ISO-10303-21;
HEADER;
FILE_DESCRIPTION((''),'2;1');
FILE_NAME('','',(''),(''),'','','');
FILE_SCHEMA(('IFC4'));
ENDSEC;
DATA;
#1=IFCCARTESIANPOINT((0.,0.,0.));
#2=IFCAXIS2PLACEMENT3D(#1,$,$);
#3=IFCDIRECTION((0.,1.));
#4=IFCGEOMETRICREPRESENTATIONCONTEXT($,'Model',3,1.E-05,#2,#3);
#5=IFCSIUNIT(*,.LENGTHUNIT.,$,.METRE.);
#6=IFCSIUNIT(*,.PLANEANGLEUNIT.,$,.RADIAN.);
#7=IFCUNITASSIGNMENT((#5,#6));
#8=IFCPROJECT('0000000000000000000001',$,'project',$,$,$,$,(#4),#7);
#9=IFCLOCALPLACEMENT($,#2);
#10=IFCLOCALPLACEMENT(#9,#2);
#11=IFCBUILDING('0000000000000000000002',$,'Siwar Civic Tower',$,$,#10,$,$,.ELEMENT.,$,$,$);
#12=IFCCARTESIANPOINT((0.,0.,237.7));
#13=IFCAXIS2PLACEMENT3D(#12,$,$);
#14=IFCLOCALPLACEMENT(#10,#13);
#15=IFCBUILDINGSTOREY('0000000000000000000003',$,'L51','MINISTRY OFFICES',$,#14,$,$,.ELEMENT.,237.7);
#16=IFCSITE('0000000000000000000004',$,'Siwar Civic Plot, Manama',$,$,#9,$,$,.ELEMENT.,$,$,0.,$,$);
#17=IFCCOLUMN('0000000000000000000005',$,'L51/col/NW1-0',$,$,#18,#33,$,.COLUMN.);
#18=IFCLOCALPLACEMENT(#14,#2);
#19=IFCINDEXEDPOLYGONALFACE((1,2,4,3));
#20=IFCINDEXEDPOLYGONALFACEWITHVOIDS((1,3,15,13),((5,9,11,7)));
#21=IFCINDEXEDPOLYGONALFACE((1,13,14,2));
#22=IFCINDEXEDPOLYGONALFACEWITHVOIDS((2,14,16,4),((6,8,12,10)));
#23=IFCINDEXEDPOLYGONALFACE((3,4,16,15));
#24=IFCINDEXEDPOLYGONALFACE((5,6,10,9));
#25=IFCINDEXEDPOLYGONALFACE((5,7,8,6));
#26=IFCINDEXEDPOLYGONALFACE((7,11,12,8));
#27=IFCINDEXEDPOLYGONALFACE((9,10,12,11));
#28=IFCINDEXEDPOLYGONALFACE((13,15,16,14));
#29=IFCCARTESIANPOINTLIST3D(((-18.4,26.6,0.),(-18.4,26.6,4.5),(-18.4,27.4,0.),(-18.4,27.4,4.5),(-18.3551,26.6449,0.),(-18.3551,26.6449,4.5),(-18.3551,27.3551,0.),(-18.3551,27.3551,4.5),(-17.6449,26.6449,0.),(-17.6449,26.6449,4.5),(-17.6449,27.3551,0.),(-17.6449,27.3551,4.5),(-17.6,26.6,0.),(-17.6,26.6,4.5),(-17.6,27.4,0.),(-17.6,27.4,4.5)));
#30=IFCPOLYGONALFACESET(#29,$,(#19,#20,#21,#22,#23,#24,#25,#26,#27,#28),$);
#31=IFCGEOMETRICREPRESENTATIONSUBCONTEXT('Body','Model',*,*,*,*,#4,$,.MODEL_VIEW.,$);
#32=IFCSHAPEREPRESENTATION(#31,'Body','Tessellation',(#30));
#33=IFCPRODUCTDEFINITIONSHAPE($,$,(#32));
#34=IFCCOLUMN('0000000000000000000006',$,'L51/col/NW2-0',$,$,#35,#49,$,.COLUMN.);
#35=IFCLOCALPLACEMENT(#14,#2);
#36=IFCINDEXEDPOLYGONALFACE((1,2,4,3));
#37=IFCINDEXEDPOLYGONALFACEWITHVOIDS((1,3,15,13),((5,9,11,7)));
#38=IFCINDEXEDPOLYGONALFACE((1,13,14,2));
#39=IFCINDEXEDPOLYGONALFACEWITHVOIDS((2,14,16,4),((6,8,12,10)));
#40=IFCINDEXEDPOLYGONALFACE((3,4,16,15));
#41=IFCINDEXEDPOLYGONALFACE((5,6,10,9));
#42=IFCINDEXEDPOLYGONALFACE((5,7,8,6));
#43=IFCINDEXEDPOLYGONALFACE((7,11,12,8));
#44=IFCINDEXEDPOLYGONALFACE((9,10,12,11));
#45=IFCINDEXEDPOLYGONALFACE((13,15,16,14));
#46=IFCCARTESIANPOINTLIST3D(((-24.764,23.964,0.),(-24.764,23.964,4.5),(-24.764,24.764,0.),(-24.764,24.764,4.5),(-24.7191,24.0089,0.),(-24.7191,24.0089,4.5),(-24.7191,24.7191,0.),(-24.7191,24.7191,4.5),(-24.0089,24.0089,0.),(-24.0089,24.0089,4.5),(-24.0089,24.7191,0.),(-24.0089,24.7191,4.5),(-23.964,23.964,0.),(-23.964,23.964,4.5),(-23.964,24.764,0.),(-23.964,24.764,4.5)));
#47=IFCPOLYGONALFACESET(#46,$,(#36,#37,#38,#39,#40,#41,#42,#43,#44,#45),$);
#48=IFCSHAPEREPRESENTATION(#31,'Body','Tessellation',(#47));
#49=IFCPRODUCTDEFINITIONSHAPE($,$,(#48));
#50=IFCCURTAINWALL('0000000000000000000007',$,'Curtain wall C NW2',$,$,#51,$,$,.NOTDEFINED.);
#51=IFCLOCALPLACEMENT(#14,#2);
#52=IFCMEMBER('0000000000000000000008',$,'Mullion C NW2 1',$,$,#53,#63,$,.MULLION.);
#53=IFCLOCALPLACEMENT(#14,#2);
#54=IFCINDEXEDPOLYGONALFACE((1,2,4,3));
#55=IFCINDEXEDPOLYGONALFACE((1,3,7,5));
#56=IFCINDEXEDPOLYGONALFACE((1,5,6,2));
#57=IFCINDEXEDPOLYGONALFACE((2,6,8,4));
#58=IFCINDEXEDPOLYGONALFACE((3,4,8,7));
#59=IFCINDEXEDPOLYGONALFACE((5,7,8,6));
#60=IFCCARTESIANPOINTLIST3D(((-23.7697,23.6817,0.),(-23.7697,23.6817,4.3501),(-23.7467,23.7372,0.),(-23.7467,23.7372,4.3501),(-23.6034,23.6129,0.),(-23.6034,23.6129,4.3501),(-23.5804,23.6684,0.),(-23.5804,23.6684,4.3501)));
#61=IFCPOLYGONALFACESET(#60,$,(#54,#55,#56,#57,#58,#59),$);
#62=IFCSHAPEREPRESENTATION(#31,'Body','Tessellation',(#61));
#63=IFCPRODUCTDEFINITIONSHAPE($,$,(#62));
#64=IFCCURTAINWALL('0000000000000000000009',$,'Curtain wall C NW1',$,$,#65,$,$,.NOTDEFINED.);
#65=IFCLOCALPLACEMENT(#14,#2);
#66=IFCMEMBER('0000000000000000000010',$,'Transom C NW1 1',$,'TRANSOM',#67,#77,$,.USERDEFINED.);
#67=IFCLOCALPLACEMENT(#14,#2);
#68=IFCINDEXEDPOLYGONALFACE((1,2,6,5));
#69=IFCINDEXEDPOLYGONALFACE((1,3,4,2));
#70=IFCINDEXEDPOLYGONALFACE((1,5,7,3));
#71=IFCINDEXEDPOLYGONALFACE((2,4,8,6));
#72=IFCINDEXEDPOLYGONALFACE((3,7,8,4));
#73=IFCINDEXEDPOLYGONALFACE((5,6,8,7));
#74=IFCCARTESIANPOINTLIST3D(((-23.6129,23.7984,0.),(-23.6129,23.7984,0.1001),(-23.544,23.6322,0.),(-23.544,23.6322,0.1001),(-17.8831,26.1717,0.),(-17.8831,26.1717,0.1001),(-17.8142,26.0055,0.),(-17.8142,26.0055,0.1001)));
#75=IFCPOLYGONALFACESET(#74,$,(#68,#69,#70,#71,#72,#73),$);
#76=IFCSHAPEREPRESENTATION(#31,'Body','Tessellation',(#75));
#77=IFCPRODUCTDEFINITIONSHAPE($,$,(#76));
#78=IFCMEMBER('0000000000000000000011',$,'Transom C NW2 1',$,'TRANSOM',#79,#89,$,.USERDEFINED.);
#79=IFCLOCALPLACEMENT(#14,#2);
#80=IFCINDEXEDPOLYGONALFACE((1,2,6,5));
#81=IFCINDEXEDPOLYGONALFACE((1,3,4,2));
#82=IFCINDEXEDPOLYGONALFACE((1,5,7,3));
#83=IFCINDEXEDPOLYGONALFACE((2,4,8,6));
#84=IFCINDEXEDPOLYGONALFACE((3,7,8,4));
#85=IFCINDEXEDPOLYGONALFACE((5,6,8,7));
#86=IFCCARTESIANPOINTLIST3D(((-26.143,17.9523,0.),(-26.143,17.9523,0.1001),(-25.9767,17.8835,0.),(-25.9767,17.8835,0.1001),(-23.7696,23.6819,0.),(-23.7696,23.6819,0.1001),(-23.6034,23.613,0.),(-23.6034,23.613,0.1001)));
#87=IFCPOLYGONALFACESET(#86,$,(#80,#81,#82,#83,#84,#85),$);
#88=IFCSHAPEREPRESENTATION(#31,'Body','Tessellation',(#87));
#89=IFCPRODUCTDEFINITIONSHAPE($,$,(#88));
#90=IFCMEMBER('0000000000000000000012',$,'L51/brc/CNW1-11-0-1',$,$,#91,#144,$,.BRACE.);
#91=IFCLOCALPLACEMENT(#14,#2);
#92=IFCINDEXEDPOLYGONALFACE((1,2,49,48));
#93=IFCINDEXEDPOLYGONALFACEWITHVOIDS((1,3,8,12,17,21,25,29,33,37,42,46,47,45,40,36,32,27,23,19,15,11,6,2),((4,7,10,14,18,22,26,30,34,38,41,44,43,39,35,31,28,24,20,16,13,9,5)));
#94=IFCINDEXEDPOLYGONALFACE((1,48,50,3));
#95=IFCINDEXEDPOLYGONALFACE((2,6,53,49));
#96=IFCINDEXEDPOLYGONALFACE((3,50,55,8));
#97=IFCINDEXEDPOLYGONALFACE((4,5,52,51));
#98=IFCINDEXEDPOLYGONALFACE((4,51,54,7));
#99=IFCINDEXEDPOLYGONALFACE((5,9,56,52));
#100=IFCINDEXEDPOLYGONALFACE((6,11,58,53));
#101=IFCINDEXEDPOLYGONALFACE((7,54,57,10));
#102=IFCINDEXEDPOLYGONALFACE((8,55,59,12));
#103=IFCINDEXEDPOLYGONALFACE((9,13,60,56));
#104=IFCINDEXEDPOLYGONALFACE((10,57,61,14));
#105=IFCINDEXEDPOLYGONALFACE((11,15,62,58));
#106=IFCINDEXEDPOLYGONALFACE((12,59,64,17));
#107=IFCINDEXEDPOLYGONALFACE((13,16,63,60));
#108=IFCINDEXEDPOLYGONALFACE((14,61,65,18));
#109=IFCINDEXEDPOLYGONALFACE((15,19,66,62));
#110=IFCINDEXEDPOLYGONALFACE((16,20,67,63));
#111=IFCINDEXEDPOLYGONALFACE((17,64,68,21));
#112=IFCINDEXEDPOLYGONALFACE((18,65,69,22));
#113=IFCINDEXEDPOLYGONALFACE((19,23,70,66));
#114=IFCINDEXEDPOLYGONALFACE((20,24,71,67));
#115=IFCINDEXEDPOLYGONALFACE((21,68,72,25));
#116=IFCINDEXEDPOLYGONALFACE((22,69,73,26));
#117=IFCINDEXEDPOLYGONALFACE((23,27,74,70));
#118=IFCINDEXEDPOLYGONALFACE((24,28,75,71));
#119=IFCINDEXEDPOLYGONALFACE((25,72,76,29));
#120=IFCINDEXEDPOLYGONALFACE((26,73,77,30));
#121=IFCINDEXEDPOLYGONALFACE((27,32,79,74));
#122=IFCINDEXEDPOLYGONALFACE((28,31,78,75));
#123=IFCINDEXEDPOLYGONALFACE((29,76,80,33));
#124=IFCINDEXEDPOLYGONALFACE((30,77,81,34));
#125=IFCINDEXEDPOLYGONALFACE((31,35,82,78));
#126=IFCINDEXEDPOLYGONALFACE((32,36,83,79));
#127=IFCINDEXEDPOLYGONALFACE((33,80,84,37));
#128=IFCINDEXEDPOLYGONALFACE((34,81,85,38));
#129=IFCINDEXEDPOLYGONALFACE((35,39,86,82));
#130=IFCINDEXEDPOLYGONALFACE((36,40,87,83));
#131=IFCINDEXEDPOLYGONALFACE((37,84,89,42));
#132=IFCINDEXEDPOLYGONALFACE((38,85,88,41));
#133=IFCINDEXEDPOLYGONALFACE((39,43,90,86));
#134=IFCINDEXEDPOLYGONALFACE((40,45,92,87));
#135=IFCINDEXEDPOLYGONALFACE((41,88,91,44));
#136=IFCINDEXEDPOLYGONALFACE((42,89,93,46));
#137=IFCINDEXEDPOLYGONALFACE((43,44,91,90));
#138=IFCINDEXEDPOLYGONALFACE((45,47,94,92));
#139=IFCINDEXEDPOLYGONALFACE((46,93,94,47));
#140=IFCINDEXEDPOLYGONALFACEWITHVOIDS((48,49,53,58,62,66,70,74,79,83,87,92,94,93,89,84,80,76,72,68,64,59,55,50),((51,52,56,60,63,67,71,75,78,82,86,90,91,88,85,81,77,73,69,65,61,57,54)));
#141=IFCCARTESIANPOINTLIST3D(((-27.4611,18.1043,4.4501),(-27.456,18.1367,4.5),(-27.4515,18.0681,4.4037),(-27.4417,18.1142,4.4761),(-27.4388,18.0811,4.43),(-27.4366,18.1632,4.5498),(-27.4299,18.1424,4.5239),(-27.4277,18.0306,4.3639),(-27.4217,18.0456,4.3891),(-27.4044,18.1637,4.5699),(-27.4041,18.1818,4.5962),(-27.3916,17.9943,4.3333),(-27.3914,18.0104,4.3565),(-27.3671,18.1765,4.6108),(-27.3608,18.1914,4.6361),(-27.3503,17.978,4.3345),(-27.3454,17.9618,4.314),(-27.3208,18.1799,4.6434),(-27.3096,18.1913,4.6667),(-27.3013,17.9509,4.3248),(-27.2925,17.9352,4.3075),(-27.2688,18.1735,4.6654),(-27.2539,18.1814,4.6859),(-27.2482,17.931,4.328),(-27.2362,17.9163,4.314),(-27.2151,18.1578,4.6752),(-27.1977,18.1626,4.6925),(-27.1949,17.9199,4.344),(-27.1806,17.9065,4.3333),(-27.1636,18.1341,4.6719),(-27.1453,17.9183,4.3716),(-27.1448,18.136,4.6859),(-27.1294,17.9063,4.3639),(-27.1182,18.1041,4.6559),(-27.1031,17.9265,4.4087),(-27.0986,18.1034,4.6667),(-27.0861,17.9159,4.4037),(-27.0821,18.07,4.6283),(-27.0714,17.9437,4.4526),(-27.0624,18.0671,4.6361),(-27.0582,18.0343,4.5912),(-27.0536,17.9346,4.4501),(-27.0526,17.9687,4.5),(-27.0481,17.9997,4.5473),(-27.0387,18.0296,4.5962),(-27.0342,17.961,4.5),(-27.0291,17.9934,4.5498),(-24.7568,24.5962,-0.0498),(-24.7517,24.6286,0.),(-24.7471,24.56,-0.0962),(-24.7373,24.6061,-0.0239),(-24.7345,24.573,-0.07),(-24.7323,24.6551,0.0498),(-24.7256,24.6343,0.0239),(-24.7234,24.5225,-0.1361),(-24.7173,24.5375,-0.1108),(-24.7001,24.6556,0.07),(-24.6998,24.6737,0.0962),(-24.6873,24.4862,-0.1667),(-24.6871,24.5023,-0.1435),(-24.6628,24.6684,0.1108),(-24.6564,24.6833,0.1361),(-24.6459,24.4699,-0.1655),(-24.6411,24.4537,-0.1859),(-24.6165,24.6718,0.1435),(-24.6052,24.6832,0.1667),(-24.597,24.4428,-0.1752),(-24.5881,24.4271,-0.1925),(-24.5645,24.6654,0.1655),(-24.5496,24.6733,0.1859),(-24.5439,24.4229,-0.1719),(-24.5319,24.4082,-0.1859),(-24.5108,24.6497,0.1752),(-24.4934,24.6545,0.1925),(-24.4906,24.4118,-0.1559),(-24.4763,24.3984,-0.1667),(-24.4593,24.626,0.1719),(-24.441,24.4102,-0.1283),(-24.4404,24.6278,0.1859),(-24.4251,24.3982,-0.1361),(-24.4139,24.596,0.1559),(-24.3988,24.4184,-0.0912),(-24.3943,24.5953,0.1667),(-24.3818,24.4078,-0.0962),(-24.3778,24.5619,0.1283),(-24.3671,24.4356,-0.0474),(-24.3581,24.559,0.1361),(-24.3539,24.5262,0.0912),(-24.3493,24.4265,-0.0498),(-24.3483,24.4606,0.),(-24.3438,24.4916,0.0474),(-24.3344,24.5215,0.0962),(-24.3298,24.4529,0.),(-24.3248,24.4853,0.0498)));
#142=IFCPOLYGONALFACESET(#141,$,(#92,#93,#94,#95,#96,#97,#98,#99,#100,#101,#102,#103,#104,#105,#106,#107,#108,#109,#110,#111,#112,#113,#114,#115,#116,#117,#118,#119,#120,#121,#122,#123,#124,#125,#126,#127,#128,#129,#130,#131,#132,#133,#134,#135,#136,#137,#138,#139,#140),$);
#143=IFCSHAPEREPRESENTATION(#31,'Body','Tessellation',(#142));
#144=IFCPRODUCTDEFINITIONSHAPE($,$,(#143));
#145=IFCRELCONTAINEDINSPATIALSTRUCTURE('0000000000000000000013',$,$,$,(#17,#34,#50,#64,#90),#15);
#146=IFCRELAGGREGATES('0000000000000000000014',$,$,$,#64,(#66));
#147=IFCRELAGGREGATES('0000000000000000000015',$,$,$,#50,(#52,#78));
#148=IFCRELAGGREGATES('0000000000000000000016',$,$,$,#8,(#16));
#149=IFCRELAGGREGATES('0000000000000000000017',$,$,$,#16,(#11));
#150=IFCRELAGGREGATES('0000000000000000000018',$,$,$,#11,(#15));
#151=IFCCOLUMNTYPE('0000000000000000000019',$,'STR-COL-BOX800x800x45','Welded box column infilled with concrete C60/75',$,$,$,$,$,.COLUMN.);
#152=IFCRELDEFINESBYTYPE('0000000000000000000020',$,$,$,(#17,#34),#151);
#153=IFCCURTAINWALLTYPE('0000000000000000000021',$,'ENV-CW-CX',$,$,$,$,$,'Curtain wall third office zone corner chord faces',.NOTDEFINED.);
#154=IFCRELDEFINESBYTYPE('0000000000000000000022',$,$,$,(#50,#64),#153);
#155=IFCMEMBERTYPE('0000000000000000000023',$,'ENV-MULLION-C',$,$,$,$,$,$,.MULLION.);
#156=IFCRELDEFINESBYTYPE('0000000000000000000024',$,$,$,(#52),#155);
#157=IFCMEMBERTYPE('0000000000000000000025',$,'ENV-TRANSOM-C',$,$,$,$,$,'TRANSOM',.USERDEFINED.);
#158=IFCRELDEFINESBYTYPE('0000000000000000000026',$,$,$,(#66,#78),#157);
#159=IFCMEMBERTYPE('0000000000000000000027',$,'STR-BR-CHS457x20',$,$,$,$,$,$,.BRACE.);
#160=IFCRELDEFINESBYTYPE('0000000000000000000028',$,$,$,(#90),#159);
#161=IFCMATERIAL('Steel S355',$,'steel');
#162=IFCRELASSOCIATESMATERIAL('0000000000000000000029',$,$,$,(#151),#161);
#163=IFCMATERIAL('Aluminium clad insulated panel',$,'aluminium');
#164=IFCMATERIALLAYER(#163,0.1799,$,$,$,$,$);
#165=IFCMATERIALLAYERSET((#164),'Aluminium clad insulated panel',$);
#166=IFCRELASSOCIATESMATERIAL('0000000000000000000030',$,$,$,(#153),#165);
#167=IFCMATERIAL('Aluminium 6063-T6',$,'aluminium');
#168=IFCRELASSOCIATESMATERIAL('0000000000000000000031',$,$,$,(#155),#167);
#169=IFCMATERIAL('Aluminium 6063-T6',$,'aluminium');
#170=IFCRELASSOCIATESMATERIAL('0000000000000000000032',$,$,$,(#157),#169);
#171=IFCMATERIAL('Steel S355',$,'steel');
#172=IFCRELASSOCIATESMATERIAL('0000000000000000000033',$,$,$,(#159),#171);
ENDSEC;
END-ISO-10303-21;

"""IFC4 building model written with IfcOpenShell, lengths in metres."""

from ifc_helpers import new_model, si_unit, direction, frame, origin, origin_2d, place, context, subcontext, project, spatial, rectangle, hollow_rectangle, hollow_circle, extrude, material, layer, layer_set, material_profile, profile_set, type_object, element, aggregate, save


model = new_model("IFC4")

# Units and contexts
model_context = context("Model", 3, precision=1e-05, world=origin(), true_north=direction((0.0, 1.0)))
body_context = subcontext(model_context, "Body", "Model", "MODEL_VIEW")
ifc_project = project(units=[si_unit("LENGTHUNIT", "METRE"), si_unit("PLANEANGLEUNIT", "RADIAN")], contexts=[model_context])

# Site, building, storey
site_placement = place(None, origin())
site = spatial("IfcSite", under=ifc_project, at=site_placement, Name="Siwar Civic Plot, Manama", CompositionType="ELEMENT", RefElevation=0.0)
building_placement = place(site_placement, origin())
building = spatial("IfcBuilding", under=site, at=building_placement, Name="Siwar Civic Tower", CompositionType="ELEMENT")
storey_placement = place(building_placement, frame((0.0, 0.0, 237.7)))
storey = spatial("IfcBuildingStorey", under=building, at=storey_placement, Name="L51", Description="MINISTRY OFFICES", CompositionType="ELEMENT", Elevation=237.7)

# Columns
ifc_material_1 = material(Name="Steel S355", Category="steel")
ifc_material_profile_1 = material_profile(ifc_material_1, hollow_rectangle(XDim=0.8, YDim=0.8, WallThickness=0.0449, at=origin_2d()), Name="BOX800x800x45")
ifc_profile_set_1 = profile_set([ifc_material_profile_1], Name="Steel S355")
column_type = type_object("IfcColumnType", Name="STR-COL-BOX800x800x45", Description="Welded box column infilled with concrete C60/75", PredefinedType="COLUMN", material=ifc_profile_set_1)
for number, where, z_axis, x_axis, name in (
    (1, (-18.0, 27.0, 0.0), (0.0, 0.0, 1.0), (1.0, 0.0, 0.0), "L51/col/NW1-0"),
    (2, (-24.364, 24.364, 0.0), (0.0, 0.0, 1.0), (1.0, 0.0, 0.0), "L51/col/NW2-0"),
):
    element("IfcColumn", number, at=place(storey_placement, frame(where, z_axis=z_axis, x_axis=x_axis)), inside=storey, type_object=column_type, Name=name, PredefinedType="COLUMN", context=body_context, shape_type="SweptSolid", body=[
        extrude(hollow_rectangle(XDim=0.8, YDim=0.8, WallThickness=0.0449, at=origin_2d()), origin(), (0.0, 0.0, 1.0), 4.5),
    ])

# Curtain walls, members
ifc_material_2 = material(Name="Aluminium clad insulated panel", Category="aluminium")
ifc_layer_1 = layer(ifc_material_2, 0.1799)
ifc_layer_set_1 = layer_set([ifc_layer_1], Name="Aluminium clad insulated panel")
curtain_wall_type = type_object("IfcCurtainWallType", Name="ENV-CW-CX", ElementType="Curtain wall third office zone corner chord faces", PredefinedType="NOTDEFINED", material=ifc_layer_set_1)
curtain_wall_1_placement = place(storey_placement, origin())
curtain_wall_1 = element("IfcCurtainWall", 3, at=curtain_wall_1_placement, inside=storey, type_object=curtain_wall_type, Name="Curtain wall C NW2", PredefinedType="NOTDEFINED")
ifc_material_3 = material(Name="Aluminium 6063-T6", Category="aluminium")
ifc_material_profile_2 = material_profile(ifc_material_3, rectangle(XDim=0.1799, YDim=0.0601, at=origin_2d()), Name="AL 180x60")
ifc_profile_set_2 = profile_set([ifc_material_profile_2], Name="Aluminium 6063-T6")
member_type_1 = type_object("IfcMemberType", Name="ENV-MULLION-C", PredefinedType="MULLION", material=ifc_profile_set_2)
member_1_placement = place(storey_placement, frame((-23.675, 23.675, 0.0), z_axis=(0.0, 0.0, 1.0), x_axis=(0.92388, -0.382683, 0.0)))
member_1 = element("IfcMember", 4, at=member_1_placement, type_object=member_type_1, Name="Mullion C NW2 1", PredefinedType="MULLION", context=body_context, shape_type="SweptSolid", body=[
    extrude(rectangle(XDim=0.1799, YDim=0.0601, at=origin_2d()), origin(), (0.0, 0.0, 1.0), 4.3501),
])
curtain_wall_2_placement = place(storey_placement, origin())
curtain_wall_2 = element("IfcCurtainWall", 5, at=curtain_wall_2_placement, inside=storey, type_object=curtain_wall_type, Name="Curtain wall C NW1", PredefinedType="NOTDEFINED")
ifc_material_4 = material(Name="Aluminium 6063-T6", Category="aluminium")
ifc_material_profile_3 = material_profile(ifc_material_4, rectangle(XDim=0.1799, YDim=0.1001, at=origin_2d()), Name="AL 180x100")
ifc_profile_set_3 = profile_set([ifc_material_profile_3], Name="Aluminium 6063-T6")
member_type_2 = type_object("IfcMemberType", Name="ENV-TRANSOM-C", ElementType="TRANSOM", PredefinedType="USERDEFINED", material=ifc_profile_set_3)
member_2_placement = place(storey_placement, frame((-17.8486, 26.0886, 0.05), z_axis=(-0.923882, -0.382677, 0.0), x_axis=(0.382677, -0.923882, 0.0)))
member_2 = element("IfcMember", 6, at=member_2_placement, type_object=member_type_2, Name="Transom C NW1 1", ObjectType="TRANSOM", PredefinedType="USERDEFINED", context=body_context, shape_type="SweptSolid", body=[
    extrude(rectangle(XDim=0.1799, YDim=0.1001, at=origin_2d()), origin(), (0.0, 0.0, 1.0), 6.2019),
])

# Member
member_3_placement = place(storey_placement, frame((-23.6865, 23.6475, 0.05), z_axis=(-0.382691, -0.923876, 0.0), x_axis=(0.923876, -0.382691, 0.0)))
member_3 = element("IfcMember", 7, at=member_3_placement, type_object=member_type_2, Name="Transom C NW2 1", ObjectType="TRANSOM", PredefinedType="USERDEFINED", context=body_context, shape_type="SweptSolid", body=[
    extrude(rectangle(XDim=0.1799, YDim=0.1001, at=origin_2d()), origin(), (0.0, 0.0, 1.0), 6.2017),
])

# Member
ifc_material_5 = material(Name="Steel S355", Category="steel")
ifc_material_profile_4 = material_profile(ifc_material_5, hollow_circle(Radius=0.2285, WallThickness=0.02, at=origin_2d()), Name="CHS457x20")
ifc_profile_set_4 = profile_set([ifc_material_profile_4], Name="Steel S355")
member_type_3 = type_object("IfcMemberType", Name="STR-BR-CHS457x20", PredefinedType="BRACE", material=ifc_profile_set_4)
member_4_placement = place(storey_placement, frame((-24.5408, 24.5408, 0.0), z_axis=(-0.323906, -0.777555, 0.538975), x_axis=(0.923109, -0.384539, 0.0)))
element("IfcMember", 8, at=member_4_placement, inside=storey, type_object=member_type_3, Name="L51/brc/CNW1-11-0-1", PredefinedType="BRACE", context=body_context, shape_type="SweptSolid", body=[
    extrude(hollow_circle(Radius=0.2285, WallThickness=0.02, at=origin_2d()), origin(), (0.0, 0.0, 1.0), 8.3491),
])

aggregate(curtain_wall_2, [member_2])
aggregate(curtain_wall_1, [member_1, member_3])

save(model, "model.ifc")
